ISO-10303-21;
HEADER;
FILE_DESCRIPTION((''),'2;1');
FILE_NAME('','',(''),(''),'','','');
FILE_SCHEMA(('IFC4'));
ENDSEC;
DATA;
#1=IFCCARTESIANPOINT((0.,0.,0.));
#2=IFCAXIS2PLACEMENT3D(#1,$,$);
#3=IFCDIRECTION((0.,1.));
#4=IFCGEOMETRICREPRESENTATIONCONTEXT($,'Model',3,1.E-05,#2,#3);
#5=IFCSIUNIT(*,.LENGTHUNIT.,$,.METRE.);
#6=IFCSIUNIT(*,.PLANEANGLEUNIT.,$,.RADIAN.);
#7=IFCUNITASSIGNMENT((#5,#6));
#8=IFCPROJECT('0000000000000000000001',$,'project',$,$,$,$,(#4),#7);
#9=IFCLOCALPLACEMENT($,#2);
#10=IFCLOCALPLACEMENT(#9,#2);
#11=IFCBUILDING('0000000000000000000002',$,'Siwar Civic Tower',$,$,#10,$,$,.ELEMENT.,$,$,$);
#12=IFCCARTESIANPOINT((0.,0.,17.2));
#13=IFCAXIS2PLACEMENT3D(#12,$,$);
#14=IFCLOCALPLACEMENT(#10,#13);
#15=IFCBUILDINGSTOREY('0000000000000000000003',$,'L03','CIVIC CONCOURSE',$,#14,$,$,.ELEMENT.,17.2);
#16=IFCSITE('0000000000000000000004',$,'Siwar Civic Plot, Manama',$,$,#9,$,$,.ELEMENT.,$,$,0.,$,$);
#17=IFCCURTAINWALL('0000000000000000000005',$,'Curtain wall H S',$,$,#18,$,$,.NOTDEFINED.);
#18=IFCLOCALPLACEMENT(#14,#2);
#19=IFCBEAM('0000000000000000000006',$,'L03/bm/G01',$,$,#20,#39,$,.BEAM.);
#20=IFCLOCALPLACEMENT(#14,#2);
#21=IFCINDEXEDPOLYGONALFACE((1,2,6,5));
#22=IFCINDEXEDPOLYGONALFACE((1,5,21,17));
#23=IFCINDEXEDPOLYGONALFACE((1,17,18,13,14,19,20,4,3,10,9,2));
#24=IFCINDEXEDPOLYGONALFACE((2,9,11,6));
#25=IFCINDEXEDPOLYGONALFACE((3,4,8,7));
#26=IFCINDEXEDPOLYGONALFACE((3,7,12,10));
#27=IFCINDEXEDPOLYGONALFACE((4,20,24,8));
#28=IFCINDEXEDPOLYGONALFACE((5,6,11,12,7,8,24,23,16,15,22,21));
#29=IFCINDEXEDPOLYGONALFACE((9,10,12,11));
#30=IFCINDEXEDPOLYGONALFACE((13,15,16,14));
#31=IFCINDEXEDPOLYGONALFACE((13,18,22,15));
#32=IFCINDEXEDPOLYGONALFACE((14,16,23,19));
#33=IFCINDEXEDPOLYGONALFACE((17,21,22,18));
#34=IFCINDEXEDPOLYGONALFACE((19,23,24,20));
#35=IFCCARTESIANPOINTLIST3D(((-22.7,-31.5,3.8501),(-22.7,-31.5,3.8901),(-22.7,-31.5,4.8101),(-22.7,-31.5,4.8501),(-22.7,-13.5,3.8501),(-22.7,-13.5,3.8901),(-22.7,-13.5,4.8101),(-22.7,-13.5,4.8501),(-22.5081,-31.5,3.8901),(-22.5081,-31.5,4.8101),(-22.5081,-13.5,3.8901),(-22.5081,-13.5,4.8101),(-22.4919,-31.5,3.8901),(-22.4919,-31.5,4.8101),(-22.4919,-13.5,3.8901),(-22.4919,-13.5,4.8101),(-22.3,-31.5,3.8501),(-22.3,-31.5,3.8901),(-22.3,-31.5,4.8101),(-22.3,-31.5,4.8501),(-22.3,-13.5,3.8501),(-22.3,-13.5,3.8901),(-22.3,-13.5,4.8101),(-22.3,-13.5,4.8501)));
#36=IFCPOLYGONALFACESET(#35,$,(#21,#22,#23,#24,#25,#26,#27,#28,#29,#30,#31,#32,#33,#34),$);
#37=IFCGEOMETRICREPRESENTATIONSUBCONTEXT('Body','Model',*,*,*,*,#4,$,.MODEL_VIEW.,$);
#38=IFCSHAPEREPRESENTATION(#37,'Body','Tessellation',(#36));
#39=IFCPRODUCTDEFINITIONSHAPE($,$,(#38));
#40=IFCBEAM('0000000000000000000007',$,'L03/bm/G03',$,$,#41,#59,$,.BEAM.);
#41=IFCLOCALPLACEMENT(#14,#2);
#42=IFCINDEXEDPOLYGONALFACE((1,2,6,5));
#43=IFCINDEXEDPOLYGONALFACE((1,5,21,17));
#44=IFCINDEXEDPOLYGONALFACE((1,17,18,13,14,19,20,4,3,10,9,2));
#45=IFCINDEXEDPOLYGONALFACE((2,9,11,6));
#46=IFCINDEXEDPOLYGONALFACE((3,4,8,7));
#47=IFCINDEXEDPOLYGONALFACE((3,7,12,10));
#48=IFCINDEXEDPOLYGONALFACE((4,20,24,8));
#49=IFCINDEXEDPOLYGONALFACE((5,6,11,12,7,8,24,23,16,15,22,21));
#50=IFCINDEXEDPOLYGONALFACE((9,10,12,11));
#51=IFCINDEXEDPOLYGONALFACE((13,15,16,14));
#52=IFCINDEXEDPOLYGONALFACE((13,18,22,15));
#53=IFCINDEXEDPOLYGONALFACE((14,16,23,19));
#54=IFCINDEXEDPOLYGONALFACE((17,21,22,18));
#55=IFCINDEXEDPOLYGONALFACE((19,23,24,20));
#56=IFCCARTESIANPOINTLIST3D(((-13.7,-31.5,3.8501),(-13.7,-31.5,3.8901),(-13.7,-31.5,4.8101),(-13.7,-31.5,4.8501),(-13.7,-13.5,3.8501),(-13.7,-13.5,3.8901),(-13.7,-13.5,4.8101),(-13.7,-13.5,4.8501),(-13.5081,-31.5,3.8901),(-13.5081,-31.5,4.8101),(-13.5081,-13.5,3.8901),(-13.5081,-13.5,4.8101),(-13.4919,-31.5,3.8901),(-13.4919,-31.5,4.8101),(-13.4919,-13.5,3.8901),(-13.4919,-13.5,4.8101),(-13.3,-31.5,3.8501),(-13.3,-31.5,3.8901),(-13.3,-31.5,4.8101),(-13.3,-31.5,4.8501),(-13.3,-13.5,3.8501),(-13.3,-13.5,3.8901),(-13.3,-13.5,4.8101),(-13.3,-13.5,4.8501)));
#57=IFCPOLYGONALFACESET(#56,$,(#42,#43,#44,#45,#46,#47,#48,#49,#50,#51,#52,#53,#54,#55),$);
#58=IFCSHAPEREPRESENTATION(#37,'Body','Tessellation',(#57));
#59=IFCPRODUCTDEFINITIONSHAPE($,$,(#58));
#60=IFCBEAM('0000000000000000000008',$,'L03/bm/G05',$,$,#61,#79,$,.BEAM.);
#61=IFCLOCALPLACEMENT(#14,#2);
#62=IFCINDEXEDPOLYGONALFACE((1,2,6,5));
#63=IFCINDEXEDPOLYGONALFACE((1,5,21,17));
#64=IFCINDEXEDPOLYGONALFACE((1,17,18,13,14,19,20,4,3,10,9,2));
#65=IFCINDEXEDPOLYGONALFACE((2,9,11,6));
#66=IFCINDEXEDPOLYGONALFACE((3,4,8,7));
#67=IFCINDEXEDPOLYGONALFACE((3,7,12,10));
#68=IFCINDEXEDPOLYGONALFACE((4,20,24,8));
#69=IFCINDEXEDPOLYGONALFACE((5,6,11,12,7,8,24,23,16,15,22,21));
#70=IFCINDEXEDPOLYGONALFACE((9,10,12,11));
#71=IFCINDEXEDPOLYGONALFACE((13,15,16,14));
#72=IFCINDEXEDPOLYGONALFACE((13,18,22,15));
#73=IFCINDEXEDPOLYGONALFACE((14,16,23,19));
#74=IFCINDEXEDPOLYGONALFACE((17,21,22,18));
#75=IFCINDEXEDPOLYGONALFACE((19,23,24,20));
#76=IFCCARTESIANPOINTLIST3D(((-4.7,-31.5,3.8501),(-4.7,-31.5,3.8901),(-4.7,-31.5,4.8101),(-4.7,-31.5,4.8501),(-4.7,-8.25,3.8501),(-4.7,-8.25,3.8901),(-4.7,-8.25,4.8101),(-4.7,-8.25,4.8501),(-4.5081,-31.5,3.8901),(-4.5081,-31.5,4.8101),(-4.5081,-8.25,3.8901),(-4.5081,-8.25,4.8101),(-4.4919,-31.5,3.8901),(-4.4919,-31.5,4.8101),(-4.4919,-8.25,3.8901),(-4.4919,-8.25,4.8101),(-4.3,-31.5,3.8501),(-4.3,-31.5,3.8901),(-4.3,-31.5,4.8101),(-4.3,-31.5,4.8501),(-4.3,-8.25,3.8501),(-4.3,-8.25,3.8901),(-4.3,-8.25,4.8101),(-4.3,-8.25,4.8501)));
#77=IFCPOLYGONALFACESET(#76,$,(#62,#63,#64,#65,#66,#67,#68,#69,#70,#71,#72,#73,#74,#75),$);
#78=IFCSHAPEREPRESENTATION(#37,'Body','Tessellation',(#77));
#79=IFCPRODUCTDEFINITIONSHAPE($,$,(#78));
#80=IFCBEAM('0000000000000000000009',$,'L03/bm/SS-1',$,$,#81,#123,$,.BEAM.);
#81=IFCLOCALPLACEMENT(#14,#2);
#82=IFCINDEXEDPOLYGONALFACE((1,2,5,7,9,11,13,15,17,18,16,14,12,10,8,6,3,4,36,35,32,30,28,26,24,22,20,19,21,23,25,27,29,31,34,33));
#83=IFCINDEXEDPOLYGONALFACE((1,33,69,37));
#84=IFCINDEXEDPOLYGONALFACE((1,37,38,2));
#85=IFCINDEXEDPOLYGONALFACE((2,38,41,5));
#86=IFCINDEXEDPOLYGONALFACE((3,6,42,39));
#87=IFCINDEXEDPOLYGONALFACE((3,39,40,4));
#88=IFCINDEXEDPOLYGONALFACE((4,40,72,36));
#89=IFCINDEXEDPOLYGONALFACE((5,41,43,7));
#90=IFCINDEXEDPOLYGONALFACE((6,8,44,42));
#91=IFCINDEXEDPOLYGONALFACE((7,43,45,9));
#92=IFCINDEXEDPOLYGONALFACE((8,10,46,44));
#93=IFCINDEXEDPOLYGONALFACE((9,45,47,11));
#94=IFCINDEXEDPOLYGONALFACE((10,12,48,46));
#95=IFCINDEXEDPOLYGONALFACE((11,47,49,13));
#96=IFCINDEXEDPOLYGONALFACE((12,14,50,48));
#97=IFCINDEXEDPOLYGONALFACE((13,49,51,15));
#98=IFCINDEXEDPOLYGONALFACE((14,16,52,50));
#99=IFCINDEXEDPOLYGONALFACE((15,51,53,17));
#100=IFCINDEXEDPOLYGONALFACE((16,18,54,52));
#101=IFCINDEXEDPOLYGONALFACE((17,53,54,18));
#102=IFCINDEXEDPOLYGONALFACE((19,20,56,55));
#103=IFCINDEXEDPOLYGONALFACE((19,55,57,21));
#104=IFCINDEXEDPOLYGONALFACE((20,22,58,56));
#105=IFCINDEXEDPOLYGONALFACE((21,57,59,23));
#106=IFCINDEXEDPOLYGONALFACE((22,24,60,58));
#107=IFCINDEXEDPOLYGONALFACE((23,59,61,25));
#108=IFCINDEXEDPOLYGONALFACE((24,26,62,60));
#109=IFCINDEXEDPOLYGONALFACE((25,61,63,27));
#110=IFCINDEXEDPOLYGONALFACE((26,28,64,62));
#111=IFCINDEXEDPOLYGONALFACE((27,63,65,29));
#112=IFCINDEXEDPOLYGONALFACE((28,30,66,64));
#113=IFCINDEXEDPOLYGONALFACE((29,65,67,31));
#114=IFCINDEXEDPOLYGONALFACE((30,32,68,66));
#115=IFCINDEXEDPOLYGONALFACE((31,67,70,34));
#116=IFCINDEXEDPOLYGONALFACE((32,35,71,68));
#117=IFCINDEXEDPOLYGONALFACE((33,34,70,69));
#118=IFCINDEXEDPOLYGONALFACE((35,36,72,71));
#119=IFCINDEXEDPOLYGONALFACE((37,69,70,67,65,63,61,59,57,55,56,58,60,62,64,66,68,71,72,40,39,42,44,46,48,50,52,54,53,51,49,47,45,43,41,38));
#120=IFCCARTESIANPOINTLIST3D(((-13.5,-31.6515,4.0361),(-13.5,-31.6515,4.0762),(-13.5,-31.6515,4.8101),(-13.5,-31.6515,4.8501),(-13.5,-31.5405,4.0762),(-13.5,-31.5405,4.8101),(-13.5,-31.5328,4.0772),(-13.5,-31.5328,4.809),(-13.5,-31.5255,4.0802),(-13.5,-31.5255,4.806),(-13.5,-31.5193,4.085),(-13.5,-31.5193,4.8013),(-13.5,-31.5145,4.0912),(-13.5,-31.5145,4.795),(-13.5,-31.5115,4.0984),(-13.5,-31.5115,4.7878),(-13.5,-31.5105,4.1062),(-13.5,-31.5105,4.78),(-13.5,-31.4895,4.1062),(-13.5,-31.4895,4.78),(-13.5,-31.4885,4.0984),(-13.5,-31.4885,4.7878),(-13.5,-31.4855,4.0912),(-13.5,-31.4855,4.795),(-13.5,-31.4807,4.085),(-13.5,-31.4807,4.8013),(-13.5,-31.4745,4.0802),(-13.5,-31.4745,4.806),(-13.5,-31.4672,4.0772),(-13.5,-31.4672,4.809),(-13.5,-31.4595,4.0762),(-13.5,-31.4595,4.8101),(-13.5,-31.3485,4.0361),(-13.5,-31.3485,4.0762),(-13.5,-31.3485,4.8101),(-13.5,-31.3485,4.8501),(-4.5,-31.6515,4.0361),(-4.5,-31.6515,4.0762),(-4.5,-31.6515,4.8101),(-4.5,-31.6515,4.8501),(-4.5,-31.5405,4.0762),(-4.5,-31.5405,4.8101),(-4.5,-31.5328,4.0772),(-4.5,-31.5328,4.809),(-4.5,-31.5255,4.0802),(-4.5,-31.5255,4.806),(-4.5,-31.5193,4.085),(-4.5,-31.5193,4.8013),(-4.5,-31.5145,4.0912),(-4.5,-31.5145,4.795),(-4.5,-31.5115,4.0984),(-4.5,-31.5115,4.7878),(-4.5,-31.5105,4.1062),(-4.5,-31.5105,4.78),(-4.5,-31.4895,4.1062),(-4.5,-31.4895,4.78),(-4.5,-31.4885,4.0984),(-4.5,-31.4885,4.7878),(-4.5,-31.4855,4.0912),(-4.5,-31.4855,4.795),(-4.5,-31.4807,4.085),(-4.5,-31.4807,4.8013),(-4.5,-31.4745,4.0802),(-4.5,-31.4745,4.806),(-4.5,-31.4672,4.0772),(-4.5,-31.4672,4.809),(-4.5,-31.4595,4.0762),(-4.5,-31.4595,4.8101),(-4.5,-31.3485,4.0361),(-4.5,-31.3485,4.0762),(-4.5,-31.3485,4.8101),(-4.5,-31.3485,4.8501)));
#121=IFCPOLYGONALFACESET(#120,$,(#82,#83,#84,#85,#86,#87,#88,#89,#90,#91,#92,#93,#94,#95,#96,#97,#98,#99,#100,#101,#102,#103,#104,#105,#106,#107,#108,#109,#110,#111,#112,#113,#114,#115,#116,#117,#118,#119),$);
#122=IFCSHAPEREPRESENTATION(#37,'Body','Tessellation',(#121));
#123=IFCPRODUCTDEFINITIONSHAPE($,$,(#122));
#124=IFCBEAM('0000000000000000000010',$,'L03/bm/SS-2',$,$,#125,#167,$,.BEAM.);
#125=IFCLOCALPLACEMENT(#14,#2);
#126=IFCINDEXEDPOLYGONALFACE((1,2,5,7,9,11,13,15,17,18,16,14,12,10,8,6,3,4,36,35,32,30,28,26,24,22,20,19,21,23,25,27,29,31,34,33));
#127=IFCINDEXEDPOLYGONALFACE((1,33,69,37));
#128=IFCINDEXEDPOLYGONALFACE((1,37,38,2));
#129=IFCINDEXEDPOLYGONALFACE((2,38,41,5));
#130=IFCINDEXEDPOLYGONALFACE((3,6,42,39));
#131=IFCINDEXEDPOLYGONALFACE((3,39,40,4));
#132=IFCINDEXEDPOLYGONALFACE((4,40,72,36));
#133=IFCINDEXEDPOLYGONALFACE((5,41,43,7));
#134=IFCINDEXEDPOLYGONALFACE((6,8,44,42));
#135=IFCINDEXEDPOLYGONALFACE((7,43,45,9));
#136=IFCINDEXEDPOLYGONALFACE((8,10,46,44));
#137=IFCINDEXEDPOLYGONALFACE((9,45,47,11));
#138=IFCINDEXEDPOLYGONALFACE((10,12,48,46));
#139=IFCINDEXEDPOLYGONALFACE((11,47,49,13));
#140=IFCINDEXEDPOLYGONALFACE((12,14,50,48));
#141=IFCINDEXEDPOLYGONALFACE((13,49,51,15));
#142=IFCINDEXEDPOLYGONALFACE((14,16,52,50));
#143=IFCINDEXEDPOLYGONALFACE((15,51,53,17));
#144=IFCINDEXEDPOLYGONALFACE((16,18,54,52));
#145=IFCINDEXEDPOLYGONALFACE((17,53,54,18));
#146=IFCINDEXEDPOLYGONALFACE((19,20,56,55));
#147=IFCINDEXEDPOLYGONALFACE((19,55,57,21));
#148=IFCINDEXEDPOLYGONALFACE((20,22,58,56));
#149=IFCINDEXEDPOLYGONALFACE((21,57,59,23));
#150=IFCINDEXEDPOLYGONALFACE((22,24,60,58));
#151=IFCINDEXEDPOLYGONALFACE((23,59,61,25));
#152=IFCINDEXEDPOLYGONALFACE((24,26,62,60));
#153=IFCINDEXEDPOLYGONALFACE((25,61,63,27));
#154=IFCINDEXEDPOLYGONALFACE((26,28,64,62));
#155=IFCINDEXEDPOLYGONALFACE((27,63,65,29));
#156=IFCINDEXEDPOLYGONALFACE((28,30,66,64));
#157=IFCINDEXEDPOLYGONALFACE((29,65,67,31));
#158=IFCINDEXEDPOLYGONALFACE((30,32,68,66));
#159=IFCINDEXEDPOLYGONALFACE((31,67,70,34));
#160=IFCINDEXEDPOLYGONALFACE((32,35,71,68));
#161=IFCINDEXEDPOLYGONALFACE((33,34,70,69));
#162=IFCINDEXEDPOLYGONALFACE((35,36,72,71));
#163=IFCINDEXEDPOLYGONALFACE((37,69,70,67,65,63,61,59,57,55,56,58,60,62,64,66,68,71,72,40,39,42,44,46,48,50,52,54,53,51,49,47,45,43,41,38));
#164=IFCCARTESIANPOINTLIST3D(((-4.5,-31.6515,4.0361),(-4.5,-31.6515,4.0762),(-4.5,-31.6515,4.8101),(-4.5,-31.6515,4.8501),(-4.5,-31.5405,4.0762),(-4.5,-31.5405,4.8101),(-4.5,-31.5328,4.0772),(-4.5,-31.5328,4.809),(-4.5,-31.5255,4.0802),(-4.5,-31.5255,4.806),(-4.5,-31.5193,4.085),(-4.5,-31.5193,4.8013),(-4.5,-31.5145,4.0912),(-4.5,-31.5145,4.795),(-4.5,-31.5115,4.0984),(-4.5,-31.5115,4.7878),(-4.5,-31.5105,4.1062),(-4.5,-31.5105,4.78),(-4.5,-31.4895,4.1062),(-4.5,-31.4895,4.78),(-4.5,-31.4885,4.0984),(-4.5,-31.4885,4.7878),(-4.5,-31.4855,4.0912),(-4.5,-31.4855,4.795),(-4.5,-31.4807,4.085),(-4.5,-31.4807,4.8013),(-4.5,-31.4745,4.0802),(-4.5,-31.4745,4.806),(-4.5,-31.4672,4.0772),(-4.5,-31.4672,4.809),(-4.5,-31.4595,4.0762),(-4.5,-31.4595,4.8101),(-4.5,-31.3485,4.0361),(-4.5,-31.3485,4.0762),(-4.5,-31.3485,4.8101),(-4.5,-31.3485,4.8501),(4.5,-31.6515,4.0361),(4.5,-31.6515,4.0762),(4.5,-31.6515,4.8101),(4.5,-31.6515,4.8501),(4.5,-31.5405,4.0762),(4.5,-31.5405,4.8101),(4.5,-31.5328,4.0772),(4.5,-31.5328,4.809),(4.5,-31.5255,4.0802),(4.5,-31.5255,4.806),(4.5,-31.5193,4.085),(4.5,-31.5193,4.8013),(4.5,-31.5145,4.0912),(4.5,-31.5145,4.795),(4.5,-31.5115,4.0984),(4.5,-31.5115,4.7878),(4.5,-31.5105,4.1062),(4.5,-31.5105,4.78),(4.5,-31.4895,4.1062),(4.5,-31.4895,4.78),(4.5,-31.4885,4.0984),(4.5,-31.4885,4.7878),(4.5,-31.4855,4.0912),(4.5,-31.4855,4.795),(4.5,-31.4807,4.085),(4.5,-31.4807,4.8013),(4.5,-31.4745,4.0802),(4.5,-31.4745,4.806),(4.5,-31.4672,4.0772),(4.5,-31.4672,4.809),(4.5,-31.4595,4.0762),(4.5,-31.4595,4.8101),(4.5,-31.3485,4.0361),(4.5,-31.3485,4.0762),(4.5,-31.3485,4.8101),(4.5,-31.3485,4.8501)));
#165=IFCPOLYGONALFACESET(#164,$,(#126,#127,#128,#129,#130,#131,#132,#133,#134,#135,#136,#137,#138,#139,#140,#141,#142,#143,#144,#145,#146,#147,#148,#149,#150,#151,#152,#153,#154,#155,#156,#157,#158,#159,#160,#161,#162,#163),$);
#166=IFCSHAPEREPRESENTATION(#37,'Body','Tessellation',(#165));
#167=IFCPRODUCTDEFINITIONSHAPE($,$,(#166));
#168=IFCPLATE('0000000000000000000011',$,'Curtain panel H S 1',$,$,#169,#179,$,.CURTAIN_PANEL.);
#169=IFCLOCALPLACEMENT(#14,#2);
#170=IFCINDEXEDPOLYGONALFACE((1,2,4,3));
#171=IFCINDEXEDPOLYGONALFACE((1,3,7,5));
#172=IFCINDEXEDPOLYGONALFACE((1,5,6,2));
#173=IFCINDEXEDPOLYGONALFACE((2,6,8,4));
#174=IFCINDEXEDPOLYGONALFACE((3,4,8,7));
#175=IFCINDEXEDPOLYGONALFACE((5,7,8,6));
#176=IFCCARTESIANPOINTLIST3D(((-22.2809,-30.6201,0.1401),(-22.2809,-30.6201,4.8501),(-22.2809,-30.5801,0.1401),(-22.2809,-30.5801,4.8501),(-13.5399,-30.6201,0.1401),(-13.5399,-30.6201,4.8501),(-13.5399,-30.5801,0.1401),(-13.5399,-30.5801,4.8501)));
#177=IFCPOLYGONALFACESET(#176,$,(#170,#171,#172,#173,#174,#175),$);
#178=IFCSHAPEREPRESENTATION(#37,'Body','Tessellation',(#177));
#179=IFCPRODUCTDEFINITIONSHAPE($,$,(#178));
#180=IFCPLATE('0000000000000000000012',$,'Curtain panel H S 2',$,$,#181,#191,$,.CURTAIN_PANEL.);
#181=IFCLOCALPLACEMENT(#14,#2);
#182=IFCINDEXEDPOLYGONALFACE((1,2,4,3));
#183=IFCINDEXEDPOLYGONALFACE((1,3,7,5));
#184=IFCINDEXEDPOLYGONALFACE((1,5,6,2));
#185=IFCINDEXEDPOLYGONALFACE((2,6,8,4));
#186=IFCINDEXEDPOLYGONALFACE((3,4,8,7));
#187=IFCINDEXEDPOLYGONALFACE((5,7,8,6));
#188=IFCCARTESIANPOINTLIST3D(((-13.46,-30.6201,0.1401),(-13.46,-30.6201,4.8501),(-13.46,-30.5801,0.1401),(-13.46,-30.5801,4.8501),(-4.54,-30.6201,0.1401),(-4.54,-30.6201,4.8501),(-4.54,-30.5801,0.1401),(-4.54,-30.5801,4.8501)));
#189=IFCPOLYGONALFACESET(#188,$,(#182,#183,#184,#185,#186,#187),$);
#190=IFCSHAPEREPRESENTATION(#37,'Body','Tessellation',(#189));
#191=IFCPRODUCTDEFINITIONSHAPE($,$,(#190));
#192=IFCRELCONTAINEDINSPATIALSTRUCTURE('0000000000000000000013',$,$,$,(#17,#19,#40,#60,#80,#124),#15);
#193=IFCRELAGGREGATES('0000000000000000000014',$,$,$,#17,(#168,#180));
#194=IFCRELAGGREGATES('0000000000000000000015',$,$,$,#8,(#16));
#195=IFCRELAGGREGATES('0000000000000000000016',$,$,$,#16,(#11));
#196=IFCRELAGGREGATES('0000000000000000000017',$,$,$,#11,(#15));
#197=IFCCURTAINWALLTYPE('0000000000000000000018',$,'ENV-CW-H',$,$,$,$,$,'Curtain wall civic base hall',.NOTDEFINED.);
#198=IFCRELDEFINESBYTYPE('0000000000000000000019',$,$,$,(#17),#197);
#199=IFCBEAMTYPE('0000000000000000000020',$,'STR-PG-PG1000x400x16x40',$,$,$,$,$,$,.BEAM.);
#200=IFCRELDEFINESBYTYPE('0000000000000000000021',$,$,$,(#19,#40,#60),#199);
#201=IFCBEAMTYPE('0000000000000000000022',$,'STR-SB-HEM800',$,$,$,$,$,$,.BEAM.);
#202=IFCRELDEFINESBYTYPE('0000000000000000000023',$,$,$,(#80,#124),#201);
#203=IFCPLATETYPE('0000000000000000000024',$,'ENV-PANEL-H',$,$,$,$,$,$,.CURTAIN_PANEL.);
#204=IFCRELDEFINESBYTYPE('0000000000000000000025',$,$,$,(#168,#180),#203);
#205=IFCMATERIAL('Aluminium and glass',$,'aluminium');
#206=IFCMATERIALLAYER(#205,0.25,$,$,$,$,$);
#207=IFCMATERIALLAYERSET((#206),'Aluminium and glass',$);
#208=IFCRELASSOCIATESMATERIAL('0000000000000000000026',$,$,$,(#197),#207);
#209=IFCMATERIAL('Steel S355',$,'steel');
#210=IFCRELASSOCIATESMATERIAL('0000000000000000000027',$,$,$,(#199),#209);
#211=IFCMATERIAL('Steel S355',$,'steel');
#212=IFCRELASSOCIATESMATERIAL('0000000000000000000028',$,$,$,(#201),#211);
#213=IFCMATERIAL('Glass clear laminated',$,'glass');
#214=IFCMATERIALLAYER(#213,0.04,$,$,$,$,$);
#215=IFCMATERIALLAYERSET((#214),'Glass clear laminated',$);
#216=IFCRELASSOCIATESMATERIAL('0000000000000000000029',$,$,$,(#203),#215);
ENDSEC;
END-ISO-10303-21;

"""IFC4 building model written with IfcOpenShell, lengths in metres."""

from ifc_helpers import new_model, si_unit, direction, frame, origin, origin_2d, place, context, subcontext, project, spatial, rectangle, i_section, extrude, material, layer, layer_set, material_profile, profile_set, type_object, element, aggregate, save


model = new_model("IFC4")

# Units and contexts
model_context = context("Model", 3, precision=1e-05, world=origin(), true_north=direction((0.0, 1.0)))
body_context = subcontext(model_context, "Body", "Model", "MODEL_VIEW")
ifc_project = project(units=[si_unit("LENGTHUNIT", "METRE"), si_unit("PLANEANGLEUNIT", "RADIAN")], contexts=[model_context])

# Site, building, storey
site_placement = place(None, origin())
site = spatial("IfcSite", under=ifc_project, at=site_placement, Name="Siwar Civic Plot, Manama", CompositionType="ELEMENT", RefElevation=0.0)
building_placement = place(site_placement, origin())
building = spatial("IfcBuilding", under=site, at=building_placement, Name="Siwar Civic Tower", CompositionType="ELEMENT")
storey_placement = place(building_placement, frame((0.0, 0.0, 17.2)))
storey = spatial("IfcBuildingStorey", under=building, at=storey_placement, Name="L03", Description="CIVIC CONCOURSE", CompositionType="ELEMENT", Elevation=17.2)

# Curtain wall
ifc_material_1 = material(Name="Aluminium and glass", Category="aluminium")
ifc_layer_1 = layer(ifc_material_1, 0.25)
ifc_layer_set_1 = layer_set([ifc_layer_1], Name="Aluminium and glass")
curtain_wall_type = type_object("IfcCurtainWallType", Name="ENV-CW-H", ElementType="Curtain wall civic base hall", PredefinedType="NOTDEFINED", material=ifc_layer_set_1)
curtain_wall_placement = place(storey_placement, origin())
curtain_wall = element("IfcCurtainWall", 1, at=curtain_wall_placement, inside=storey, type_object=curtain_wall_type, Name="Curtain wall H S", PredefinedType="NOTDEFINED")

# Beams
ifc_material_2 = material(Name="Steel S355", Category="steel")
ifc_material_profile_1 = material_profile(ifc_material_2, i_section(OverallWidth=0.3999, OverallDepth=1.0, WebThickness=0.0161, FlangeThickness=0.04, at=origin_2d()), Name="PG1000x400x16x40")
ifc_profile_set_1 = profile_set([ifc_material_profile_1], Name="Steel S355")
beam_type_1 = type_object("IfcBeamType", Name="STR-PG-PG1000x400x16x40", PredefinedType="BEAM", material=ifc_profile_set_1)
for number, where, z_axis, x_axis, name in (
    (2, (-22.5, -31.5, 4.3501), (0.0, 1.0, 0.0), (-1.0, 0.0, 0.0), "L03/bm/G01"),
    (3, (-13.5, -31.5, 4.3501), (0.0, 1.0, 0.0), (-1.0, 0.0, 0.0), "L03/bm/G03"),
):
    element("IfcBeam", number, at=place(storey_placement, frame(where, z_axis=z_axis, x_axis=x_axis)), inside=storey, type_object=beam_type_1, Name=name, PredefinedType="BEAM", context=body_context, shape_type="SweptSolid", body=[
        extrude(i_section(OverallWidth=0.3999, OverallDepth=1.0, WebThickness=0.0161, FlangeThickness=0.04, at=origin_2d()), origin(), (0.0, 0.0, 1.0), 18.0),
    ])
beam_placement = place(storey_placement, frame((-4.5, -31.5, 4.3501), z_axis=(0.0, 1.0, 0.0), x_axis=(-1.0, 0.0, 0.0)))
element("IfcBeam", 4, at=beam_placement, inside=storey, type_object=beam_type_1, Name="L03/bm/G05", PredefinedType="BEAM", context=body_context, shape_type="SweptSolid", body=[
    extrude(i_section(OverallWidth=0.3999, OverallDepth=1.0, WebThickness=0.0161, FlangeThickness=0.04, at=origin_2d()), origin(), (0.0, 0.0, 1.0), 23.25),
])
ifc_material_3 = material(Name="Steel S355", Category="steel")
ifc_material_profile_2 = material_profile(ifc_material_3, i_section(OverallWidth=0.303, OverallDepth=0.814, WebThickness=0.021, FlangeThickness=0.04, FilletRadius=0.03, at=origin_2d()), Name="HEM800")
ifc_profile_set_2 = profile_set([ifc_material_profile_2], Name="Steel S355")
beam_type_2 = type_object("IfcBeamType", Name="STR-SB-HEM800", PredefinedType="BEAM", material=ifc_profile_set_2)
for number, where, z_axis, x_axis, name in (
    (5, (-13.5, -31.5, 4.4431), (1.0, 0.0, 0.0), (0.0, 1.0, 0.0), "L03/bm/SS-1"),
    (6, (-4.5, -31.5, 4.4431), (1.0, 0.0, 0.0), (0.0, 1.0, 0.0), "L03/bm/SS-2"),
):
    element("IfcBeam", number, at=place(storey_placement, frame(where, z_axis=z_axis, x_axis=x_axis)), inside=storey, type_object=beam_type_2, Name=name, PredefinedType="BEAM", context=body_context, shape_type="SweptSolid", body=[
        extrude(i_section(OverallWidth=0.303, OverallDepth=0.814, WebThickness=0.021, FlangeThickness=0.04, FilletRadius=0.03, at=origin_2d()), origin(), (0.0, 0.0, 1.0), 9.0),
    ])

# Plates
ifc_material_4 = material(Name="Glass clear laminated", Category="glass")
ifc_layer_2 = layer(ifc_material_4, 0.04)
ifc_layer_set_2 = layer_set([ifc_layer_2], Name="Glass clear laminated")
plate_type = type_object("IfcPlateType", Name="ENV-PANEL-H", PredefinedType="CURTAIN_PANEL", material=ifc_layer_set_2)
plate_1_placement = place(storey_placement, frame((-17.9104, -30.6001, 0.1401), z_axis=(0.0, 0.0, 1.0), x_axis=(1.0, 0.0, 0.0)))
plate_1 = element("IfcPlate", 7, at=plate_1_placement, type_object=plate_type, Name="Curtain panel H S 1", PredefinedType="CURTAIN_PANEL", context=body_context, shape_type="SweptSolid", body=[
    extrude(rectangle(XDim=8.741, YDim=0.04, at=origin_2d()), origin(), (0.0, 0.0, 1.0), 4.71),
])
plate_2_placement = place(storey_placement, frame((-9.0, -30.6001, 0.1401), z_axis=(0.0, 0.0, 1.0), x_axis=(1.0, 0.0, 0.0)))
plate_2 = element("IfcPlate", 8, at=plate_2_placement, type_object=plate_type, Name="Curtain panel H S 2", PredefinedType="CURTAIN_PANEL", context=body_context, shape_type="SweptSolid", body=[
    extrude(rectangle(XDim=8.9199, YDim=0.04, at=origin_2d()), origin(), (0.0, 0.0, 1.0), 4.71),
])
aggregate(curtain_wall, [plate_1, plate_2])

save(model, "model.ifc")
